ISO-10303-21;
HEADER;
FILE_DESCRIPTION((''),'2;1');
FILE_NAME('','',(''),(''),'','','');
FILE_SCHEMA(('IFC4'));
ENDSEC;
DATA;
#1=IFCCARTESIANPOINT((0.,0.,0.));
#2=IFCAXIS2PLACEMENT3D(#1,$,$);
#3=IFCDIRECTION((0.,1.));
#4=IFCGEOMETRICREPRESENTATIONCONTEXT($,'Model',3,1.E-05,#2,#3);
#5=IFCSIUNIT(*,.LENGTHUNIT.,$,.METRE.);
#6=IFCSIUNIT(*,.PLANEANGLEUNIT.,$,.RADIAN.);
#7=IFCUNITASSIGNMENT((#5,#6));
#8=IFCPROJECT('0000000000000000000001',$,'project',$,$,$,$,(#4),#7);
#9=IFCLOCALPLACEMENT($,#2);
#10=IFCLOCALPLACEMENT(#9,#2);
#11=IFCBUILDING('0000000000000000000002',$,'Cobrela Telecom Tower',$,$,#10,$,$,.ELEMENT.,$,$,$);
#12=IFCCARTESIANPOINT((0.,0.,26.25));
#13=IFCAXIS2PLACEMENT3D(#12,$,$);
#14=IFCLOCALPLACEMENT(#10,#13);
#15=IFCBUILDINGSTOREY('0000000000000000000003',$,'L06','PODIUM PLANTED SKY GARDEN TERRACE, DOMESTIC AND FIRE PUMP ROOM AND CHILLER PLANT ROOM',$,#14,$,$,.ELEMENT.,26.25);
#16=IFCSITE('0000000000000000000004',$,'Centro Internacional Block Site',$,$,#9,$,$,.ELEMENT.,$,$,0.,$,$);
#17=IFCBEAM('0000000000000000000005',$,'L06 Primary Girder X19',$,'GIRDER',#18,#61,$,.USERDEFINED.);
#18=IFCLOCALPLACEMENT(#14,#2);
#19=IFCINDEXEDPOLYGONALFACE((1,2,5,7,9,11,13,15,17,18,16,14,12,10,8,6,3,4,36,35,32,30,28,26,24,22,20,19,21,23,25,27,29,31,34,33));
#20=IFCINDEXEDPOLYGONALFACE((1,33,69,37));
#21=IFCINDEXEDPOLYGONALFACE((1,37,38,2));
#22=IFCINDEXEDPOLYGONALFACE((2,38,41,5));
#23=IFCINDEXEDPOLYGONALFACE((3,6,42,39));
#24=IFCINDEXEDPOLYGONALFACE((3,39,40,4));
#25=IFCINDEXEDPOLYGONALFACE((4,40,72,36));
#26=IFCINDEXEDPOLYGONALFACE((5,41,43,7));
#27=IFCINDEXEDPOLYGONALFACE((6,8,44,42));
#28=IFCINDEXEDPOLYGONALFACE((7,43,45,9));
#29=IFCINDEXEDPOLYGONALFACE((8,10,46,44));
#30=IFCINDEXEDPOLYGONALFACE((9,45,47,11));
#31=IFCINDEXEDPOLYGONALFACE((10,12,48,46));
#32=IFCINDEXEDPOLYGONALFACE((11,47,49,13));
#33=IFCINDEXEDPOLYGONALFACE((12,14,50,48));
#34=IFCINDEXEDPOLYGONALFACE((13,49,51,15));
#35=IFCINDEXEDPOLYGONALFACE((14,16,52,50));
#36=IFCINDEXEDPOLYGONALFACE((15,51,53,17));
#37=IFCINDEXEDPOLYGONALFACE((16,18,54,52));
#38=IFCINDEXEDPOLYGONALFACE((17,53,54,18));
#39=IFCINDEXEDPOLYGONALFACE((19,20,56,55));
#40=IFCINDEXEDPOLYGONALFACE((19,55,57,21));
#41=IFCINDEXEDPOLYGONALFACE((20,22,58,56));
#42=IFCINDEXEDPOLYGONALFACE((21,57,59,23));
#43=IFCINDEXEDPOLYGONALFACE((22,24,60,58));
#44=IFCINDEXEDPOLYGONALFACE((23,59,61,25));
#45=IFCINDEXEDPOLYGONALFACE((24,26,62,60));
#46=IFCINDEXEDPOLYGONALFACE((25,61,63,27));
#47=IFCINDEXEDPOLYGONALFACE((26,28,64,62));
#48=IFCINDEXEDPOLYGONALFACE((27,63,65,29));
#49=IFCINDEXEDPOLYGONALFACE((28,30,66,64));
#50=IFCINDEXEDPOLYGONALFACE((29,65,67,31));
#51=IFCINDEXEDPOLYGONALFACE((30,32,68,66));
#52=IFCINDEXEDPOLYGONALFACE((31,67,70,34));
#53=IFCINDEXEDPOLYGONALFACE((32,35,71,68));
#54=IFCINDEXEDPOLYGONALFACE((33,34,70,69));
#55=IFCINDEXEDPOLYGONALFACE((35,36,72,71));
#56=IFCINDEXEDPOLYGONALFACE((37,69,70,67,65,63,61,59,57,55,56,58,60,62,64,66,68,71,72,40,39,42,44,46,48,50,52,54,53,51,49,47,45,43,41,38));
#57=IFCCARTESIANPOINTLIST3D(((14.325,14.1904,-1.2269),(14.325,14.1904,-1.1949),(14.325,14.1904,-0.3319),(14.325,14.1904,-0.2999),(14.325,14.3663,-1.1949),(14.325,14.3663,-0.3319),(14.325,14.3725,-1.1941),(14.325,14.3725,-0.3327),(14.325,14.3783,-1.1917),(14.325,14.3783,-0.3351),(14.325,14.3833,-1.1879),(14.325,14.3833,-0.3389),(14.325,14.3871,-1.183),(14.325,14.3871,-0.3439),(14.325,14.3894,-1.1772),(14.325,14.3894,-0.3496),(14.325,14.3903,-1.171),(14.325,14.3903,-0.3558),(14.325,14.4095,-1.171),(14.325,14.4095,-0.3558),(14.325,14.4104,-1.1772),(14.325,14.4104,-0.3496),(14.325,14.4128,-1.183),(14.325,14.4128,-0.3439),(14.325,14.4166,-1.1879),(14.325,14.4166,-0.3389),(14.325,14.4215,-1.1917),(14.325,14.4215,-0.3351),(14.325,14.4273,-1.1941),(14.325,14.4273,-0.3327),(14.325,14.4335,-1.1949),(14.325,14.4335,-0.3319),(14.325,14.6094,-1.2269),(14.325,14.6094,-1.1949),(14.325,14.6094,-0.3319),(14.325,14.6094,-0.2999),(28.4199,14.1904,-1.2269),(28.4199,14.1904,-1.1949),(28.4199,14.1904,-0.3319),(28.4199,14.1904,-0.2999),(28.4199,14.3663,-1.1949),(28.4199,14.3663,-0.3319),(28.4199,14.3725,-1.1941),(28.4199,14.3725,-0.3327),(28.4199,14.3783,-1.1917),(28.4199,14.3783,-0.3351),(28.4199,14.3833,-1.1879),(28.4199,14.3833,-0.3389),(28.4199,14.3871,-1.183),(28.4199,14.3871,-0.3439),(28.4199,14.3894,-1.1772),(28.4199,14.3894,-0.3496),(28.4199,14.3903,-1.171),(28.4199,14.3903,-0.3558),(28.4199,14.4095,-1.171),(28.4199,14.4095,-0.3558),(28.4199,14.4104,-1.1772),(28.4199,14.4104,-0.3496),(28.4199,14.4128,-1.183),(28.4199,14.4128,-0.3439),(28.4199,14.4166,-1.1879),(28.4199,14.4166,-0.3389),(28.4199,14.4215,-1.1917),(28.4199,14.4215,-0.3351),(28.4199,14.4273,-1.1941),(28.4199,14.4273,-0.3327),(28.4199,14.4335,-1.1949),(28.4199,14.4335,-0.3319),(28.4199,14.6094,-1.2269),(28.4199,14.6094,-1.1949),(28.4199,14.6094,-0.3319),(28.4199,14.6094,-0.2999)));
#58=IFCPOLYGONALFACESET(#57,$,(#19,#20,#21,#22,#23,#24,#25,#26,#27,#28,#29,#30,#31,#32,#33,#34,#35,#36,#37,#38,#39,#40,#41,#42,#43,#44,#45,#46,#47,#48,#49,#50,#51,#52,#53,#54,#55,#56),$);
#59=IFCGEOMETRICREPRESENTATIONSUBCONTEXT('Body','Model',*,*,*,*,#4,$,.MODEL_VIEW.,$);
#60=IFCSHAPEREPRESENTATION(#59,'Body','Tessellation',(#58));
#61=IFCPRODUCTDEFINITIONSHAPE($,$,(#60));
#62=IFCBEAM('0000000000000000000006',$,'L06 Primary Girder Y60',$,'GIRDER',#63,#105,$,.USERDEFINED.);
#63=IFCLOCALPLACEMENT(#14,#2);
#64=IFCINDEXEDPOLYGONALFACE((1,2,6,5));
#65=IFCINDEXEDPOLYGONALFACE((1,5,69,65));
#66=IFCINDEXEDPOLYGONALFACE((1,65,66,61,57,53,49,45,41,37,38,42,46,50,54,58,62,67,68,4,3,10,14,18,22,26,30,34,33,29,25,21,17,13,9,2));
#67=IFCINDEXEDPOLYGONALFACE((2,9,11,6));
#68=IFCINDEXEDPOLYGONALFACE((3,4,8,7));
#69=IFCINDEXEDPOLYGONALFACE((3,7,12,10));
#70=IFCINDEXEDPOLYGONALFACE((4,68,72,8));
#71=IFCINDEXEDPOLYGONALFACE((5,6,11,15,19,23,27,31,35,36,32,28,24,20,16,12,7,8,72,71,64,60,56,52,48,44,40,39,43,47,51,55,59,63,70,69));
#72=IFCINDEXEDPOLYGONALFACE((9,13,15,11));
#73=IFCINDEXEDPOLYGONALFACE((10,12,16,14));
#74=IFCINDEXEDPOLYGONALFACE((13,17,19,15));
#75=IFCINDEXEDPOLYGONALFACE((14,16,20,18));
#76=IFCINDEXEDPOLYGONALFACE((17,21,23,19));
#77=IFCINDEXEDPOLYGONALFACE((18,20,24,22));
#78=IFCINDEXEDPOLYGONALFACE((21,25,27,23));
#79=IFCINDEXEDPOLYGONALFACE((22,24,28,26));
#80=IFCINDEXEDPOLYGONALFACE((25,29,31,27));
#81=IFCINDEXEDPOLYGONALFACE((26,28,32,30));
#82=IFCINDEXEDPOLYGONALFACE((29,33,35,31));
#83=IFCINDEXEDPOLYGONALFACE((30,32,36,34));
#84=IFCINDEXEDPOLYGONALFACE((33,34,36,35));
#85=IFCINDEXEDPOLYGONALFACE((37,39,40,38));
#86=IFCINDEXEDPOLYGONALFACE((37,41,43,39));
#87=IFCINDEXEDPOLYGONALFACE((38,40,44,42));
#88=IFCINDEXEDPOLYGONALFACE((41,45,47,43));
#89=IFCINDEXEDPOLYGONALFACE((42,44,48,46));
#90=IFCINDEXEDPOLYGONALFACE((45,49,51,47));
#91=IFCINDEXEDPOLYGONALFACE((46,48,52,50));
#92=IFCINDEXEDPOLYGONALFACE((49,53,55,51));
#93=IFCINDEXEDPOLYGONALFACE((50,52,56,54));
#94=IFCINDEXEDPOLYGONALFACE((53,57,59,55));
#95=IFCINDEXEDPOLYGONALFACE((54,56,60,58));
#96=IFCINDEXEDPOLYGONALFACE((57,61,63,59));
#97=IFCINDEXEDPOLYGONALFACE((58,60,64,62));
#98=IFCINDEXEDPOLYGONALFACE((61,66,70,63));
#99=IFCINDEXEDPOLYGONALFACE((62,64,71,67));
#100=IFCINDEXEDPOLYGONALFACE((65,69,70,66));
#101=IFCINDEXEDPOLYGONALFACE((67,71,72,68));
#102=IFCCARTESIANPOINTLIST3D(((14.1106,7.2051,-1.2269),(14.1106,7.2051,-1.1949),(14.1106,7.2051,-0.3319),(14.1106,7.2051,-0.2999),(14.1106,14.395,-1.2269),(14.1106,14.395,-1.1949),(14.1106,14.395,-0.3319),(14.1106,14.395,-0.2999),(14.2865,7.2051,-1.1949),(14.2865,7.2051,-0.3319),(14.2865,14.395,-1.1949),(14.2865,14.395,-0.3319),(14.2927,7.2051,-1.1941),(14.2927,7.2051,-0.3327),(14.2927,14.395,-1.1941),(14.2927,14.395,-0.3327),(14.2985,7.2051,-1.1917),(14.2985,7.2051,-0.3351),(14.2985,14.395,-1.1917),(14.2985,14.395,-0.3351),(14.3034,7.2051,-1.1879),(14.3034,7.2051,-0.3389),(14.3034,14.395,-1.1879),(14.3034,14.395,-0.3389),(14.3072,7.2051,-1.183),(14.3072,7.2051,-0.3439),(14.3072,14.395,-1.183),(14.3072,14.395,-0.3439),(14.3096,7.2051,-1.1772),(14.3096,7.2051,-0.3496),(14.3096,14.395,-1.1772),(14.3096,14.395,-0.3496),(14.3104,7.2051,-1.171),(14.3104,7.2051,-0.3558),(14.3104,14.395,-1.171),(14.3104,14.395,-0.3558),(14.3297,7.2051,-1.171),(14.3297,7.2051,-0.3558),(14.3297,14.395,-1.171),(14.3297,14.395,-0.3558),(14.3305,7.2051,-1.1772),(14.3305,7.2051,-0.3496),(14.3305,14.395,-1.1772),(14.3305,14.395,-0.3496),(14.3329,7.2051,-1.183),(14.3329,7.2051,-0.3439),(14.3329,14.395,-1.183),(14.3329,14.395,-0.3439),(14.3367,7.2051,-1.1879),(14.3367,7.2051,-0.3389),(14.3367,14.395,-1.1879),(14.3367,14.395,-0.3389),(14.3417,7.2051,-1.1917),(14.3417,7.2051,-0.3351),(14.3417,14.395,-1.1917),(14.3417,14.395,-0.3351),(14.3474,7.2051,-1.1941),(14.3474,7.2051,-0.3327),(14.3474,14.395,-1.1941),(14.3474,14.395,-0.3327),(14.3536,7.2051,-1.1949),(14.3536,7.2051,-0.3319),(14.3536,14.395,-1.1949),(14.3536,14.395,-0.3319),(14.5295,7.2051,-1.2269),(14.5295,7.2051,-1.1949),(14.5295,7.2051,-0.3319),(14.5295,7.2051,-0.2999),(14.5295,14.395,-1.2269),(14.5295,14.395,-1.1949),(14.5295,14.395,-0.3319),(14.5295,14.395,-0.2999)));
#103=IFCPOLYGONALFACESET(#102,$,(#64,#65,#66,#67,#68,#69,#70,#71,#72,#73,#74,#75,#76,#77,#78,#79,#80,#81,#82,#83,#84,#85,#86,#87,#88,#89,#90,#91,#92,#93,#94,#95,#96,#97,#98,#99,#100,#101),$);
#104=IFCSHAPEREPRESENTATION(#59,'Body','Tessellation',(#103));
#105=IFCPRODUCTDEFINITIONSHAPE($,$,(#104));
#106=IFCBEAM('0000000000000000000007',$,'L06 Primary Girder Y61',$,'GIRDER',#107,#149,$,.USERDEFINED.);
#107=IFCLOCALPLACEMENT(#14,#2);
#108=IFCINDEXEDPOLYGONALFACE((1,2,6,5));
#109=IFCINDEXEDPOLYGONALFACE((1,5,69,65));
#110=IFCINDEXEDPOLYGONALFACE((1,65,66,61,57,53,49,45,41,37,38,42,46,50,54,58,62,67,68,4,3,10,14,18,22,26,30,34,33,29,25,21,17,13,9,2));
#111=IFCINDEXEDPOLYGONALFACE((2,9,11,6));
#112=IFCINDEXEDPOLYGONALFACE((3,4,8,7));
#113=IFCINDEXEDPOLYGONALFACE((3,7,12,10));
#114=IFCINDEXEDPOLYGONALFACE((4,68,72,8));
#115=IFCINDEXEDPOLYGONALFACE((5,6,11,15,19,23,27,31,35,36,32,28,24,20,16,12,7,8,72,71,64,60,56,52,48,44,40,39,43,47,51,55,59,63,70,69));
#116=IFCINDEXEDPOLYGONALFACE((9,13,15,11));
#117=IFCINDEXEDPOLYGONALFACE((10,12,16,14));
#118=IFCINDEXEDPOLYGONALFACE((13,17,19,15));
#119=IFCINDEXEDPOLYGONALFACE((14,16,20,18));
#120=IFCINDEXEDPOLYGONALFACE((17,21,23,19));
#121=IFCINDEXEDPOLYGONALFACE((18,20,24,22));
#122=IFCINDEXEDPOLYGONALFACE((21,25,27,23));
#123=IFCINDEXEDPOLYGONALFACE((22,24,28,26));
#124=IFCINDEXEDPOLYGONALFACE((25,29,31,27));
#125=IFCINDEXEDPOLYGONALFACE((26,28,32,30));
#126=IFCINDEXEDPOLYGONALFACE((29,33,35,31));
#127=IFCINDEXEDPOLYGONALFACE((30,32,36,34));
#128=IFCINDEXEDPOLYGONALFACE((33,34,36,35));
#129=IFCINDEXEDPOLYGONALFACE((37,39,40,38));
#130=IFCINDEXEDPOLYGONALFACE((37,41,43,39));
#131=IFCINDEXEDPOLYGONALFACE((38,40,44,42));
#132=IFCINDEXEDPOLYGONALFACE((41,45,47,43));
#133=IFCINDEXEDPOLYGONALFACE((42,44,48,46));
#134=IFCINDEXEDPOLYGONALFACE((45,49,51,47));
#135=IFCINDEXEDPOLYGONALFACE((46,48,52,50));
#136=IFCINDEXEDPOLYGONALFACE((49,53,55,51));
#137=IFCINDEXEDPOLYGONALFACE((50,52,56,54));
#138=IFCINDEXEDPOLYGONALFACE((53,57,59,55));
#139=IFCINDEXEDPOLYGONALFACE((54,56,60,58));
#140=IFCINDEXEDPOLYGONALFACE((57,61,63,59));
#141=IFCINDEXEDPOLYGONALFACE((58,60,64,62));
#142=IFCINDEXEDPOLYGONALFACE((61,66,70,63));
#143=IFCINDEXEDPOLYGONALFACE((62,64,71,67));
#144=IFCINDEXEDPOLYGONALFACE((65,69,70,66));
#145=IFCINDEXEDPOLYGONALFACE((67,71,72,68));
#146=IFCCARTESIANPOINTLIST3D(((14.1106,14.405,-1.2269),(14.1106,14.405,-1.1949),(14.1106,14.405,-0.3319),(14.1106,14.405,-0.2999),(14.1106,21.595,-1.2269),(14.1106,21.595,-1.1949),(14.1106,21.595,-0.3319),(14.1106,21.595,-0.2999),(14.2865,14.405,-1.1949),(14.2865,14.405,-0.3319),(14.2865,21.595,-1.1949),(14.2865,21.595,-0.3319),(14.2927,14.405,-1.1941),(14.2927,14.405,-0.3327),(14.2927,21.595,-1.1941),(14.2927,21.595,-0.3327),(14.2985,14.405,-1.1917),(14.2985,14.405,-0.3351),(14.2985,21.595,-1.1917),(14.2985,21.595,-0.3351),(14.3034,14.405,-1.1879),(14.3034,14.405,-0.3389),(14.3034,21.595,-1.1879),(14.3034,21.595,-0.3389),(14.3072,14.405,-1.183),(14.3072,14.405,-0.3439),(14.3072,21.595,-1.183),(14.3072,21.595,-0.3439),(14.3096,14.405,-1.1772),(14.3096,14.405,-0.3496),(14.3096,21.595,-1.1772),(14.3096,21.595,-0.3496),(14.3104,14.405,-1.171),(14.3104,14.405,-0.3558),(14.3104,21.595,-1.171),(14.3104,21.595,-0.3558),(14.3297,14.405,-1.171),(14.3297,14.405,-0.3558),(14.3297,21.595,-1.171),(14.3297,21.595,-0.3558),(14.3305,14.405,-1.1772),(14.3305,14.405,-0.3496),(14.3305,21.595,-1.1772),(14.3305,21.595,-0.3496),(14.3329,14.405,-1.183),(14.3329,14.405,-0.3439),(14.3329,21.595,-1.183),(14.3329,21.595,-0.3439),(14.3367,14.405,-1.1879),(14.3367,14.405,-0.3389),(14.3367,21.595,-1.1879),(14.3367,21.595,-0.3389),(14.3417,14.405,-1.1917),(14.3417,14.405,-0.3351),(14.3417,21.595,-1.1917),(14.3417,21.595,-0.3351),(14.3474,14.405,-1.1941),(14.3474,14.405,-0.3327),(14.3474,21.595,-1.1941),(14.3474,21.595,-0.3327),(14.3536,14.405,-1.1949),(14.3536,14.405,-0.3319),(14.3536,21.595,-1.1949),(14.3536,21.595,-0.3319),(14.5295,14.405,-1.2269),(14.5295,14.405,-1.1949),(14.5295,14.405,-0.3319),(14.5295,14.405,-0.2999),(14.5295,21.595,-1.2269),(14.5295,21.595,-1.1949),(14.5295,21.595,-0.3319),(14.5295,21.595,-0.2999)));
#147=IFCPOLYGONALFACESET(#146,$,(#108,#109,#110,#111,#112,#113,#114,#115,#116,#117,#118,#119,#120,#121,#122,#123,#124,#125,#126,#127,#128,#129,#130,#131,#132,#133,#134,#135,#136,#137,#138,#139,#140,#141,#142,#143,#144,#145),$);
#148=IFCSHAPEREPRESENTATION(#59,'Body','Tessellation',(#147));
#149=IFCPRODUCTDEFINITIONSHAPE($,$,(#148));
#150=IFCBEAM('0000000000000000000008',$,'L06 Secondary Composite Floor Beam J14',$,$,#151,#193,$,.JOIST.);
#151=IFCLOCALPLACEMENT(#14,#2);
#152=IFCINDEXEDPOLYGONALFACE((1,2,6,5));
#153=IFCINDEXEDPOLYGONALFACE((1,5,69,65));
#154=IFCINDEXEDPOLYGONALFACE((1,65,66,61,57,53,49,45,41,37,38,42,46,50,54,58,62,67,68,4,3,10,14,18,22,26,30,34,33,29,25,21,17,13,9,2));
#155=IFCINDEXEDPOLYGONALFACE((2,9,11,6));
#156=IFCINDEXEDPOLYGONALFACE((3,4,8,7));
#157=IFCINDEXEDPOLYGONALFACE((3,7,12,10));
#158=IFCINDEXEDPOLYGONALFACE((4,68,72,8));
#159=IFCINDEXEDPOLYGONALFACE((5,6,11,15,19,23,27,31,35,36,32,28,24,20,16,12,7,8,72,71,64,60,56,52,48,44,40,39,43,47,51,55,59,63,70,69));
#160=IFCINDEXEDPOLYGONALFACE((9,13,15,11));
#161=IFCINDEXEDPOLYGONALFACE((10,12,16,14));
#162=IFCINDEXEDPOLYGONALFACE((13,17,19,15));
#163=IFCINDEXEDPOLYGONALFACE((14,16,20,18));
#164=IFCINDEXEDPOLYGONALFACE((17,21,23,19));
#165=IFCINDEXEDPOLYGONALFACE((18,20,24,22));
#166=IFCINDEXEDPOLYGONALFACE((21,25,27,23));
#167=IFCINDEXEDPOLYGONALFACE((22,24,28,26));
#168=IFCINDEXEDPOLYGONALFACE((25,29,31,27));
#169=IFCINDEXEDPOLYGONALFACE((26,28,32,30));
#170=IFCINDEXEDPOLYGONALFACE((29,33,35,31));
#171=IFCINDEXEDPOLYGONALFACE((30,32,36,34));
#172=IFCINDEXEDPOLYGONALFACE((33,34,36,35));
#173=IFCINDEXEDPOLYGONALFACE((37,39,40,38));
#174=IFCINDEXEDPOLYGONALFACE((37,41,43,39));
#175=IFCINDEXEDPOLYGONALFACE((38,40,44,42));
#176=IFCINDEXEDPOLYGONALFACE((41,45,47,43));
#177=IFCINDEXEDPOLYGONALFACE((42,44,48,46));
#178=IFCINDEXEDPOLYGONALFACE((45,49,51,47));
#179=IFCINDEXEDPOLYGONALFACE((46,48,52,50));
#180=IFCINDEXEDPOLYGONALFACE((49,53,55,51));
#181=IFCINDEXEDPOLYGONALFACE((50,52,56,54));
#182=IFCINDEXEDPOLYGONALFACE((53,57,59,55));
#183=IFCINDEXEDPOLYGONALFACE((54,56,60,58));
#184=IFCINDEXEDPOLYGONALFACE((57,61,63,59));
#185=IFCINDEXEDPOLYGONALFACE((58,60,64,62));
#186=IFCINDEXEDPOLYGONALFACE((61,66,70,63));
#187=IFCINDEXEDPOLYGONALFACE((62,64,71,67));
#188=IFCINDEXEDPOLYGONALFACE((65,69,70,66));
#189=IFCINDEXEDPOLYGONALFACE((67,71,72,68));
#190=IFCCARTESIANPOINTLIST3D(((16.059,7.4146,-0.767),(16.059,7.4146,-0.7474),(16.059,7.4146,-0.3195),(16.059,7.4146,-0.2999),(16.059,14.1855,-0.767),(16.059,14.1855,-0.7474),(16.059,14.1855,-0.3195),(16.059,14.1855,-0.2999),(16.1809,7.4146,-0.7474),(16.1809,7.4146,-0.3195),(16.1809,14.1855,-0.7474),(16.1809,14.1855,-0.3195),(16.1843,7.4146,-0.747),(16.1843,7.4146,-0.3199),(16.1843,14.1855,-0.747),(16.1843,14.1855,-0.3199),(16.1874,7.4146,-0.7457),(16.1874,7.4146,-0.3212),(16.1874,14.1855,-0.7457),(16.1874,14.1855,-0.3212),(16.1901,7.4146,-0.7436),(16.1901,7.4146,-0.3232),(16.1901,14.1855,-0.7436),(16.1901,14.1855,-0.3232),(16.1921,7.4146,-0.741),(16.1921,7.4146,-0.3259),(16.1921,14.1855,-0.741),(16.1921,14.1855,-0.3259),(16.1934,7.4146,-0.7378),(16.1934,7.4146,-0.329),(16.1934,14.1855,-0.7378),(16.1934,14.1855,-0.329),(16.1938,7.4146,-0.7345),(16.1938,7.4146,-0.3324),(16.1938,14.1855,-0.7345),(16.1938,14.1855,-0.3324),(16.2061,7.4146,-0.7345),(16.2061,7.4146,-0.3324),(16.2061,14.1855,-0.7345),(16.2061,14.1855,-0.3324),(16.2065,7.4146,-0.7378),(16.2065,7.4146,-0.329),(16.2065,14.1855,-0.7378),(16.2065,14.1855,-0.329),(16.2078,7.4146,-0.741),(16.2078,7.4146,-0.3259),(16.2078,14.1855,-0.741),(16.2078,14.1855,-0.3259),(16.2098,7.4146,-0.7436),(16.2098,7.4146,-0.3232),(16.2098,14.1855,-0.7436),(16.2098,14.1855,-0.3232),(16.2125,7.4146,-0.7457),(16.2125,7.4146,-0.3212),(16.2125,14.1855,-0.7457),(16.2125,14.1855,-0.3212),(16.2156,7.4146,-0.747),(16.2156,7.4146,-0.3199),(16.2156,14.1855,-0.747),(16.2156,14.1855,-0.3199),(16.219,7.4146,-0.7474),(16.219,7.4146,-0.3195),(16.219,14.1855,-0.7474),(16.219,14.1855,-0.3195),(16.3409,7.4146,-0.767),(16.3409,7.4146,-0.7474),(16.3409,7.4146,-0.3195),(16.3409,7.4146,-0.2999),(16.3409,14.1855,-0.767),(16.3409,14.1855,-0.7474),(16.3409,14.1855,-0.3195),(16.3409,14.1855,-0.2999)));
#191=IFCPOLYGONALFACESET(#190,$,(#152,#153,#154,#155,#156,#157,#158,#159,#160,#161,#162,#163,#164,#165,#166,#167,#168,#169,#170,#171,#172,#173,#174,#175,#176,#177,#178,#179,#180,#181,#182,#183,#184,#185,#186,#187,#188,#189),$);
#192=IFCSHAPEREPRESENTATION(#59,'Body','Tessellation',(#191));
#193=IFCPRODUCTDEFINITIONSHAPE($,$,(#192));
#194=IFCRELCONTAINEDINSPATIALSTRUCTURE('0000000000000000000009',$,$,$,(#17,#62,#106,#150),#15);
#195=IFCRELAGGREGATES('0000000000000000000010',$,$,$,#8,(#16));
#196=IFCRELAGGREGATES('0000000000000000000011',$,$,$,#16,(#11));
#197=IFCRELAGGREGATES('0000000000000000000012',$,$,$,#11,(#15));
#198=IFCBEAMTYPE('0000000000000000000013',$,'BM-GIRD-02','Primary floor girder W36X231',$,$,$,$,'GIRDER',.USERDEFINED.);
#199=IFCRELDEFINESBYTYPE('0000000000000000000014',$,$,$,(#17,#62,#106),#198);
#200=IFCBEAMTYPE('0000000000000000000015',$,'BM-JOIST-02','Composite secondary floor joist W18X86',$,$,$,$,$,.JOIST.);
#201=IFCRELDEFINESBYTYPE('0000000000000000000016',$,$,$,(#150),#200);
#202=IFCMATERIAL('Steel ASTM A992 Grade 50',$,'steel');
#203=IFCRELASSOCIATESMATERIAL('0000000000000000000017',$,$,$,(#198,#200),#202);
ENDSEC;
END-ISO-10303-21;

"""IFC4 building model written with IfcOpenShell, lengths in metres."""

from ifc_helpers import new_model, si_unit, direction, frame, origin, origin_2d, place, context, subcontext, project, spatial, i_section, extrude, material, material_profile, profile_set, type_object, element, save


model = new_model("IFC4")

# Units and contexts
model_context = context("Model", 3, precision=1e-05, world=origin(), true_north=direction((0.0, 1.0)))
body_context = subcontext(model_context, "Body", "Model", "MODEL_VIEW")
ifc_project = project(units=[si_unit("LENGTHUNIT", "METRE"), si_unit("PLANEANGLEUNIT", "RADIAN")], contexts=[model_context])

# Site, building, storey
site_placement = place(None, origin())
site = spatial("IfcSite", under=ifc_project, at=site_placement, Name="Centro Internacional Block Site", CompositionType="ELEMENT", RefElevation=0.0)
building_placement = place(site_placement, origin())
building = spatial("IfcBuilding", under=site, at=building_placement, Name="Cobrela Telecom Tower", CompositionType="ELEMENT")
storey_placement = place(building_placement, frame((0.0, 0.0, 26.25)))
storey = spatial("IfcBuildingStorey", under=building, at=storey_placement, Name="L06", Description="PODIUM PLANTED SKY GARDEN TERRACE, DOMESTIC AND FIRE PUMP ROOM AND CHILLER PLANT ROOM", CompositionType="ELEMENT", Elevation=26.25)

# Beams
ifc_material_1 = material(Name="Steel ASTM A992 Grade 50", Category="steel")
ifc_material_profile_1 = material_profile(ifc_material_1, i_section(OverallWidth=0.4189, OverallDepth=0.927, WebThickness=0.0193, FlangeThickness=0.032, FilletRadius=0.0239, at=origin_2d()), Name="W36X231")
ifc_profile_set_1 = profile_set([ifc_material_profile_1], Name="Steel ASTM A992 Grade 50")
beam_type_1 = type_object("IfcBeamType", Name="BM-GIRD-02", Description="Primary floor girder W36X231", ElementType="GIRDER", PredefinedType="USERDEFINED", material=ifc_profile_set_1)
beam_placement = place(storey_placement, frame((14.325, 14.3999, -0.7634), z_axis=(1.0, 0.0, 0.0), x_axis=(0.0, 1.0, 0.0)))
element("IfcBeam", 1, at=beam_placement, inside=storey, type_object=beam_type_1, Name="L06 Primary Girder X19", ObjectType="GIRDER", PredefinedType="USERDEFINED", context=body_context, shape_type="SweptSolid", body=[
    extrude(i_section(OverallWidth=0.4189, OverallDepth=0.927, WebThickness=0.0193, FlangeThickness=0.032, FilletRadius=0.0239, at=origin_2d()), origin(), (0.0, 0.0, 1.0), 14.095),
])
for number, where, z_axis, x_axis, name in (
    (2, (14.3201, 7.2051, -0.7634), (0.0, 1.0, 0.0), (-1.0, 0.0, 0.0), "L06 Primary Girder Y60"),
    (3, (14.3201, 14.405, -0.7634), (0.0, 1.0, 0.0), (-1.0, 0.0, 0.0), "L06 Primary Girder Y61"),
):
    element("IfcBeam", number, at=place(storey_placement, frame(where, z_axis=z_axis, x_axis=x_axis)), inside=storey, type_object=beam_type_1, Name=name, ObjectType="GIRDER", PredefinedType="USERDEFINED", context=body_context, shape_type="SweptSolid", body=[
        extrude(i_section(OverallWidth=0.4189, OverallDepth=0.927, WebThickness=0.0193, FlangeThickness=0.032, FilletRadius=0.0239, at=origin_2d()), origin(), (0.0, 0.0, 1.0), 7.1899),
    ])
ifc_material_profile_2 = material_profile(ifc_material_1, i_section(OverallWidth=0.282, OverallDepth=0.467, WebThickness=0.0122, FlangeThickness=0.0195, FilletRadius=0.0129, at=origin_2d()), Name="W18X86")
ifc_profile_set_2 = profile_set([ifc_material_profile_2], Name="Steel ASTM A992 Grade 50")
beam_type_2 = type_object("IfcBeamType", Name="BM-JOIST-02", Description="Composite secondary floor joist W18X86", PredefinedType="JOIST", material=ifc_profile_set_2)
for number, where, z_axis, x_axis, name in (
    (4, (16.2, 7.4146, -0.5334), (0.0, 1.0, 0.0), (-1.0, 0.0, 0.0), "L06 Secondary Composite Floor Beam J14"),
):
    element("IfcBeam", number, at=place(storey_placement, frame(where, z_axis=z_axis, x_axis=x_axis)), inside=storey, type_object=beam_type_2, Name=name, PredefinedType="JOIST", context=body_context, shape_type="SweptSolid", body=[
        extrude(i_section(OverallWidth=0.282, OverallDepth=0.467, WebThickness=0.0122, FlangeThickness=0.0195, FilletRadius=0.0129, at=origin_2d()), origin(), (0.0, 0.0, 1.0), 6.771),
    ])

save(model, "model.ifc")
